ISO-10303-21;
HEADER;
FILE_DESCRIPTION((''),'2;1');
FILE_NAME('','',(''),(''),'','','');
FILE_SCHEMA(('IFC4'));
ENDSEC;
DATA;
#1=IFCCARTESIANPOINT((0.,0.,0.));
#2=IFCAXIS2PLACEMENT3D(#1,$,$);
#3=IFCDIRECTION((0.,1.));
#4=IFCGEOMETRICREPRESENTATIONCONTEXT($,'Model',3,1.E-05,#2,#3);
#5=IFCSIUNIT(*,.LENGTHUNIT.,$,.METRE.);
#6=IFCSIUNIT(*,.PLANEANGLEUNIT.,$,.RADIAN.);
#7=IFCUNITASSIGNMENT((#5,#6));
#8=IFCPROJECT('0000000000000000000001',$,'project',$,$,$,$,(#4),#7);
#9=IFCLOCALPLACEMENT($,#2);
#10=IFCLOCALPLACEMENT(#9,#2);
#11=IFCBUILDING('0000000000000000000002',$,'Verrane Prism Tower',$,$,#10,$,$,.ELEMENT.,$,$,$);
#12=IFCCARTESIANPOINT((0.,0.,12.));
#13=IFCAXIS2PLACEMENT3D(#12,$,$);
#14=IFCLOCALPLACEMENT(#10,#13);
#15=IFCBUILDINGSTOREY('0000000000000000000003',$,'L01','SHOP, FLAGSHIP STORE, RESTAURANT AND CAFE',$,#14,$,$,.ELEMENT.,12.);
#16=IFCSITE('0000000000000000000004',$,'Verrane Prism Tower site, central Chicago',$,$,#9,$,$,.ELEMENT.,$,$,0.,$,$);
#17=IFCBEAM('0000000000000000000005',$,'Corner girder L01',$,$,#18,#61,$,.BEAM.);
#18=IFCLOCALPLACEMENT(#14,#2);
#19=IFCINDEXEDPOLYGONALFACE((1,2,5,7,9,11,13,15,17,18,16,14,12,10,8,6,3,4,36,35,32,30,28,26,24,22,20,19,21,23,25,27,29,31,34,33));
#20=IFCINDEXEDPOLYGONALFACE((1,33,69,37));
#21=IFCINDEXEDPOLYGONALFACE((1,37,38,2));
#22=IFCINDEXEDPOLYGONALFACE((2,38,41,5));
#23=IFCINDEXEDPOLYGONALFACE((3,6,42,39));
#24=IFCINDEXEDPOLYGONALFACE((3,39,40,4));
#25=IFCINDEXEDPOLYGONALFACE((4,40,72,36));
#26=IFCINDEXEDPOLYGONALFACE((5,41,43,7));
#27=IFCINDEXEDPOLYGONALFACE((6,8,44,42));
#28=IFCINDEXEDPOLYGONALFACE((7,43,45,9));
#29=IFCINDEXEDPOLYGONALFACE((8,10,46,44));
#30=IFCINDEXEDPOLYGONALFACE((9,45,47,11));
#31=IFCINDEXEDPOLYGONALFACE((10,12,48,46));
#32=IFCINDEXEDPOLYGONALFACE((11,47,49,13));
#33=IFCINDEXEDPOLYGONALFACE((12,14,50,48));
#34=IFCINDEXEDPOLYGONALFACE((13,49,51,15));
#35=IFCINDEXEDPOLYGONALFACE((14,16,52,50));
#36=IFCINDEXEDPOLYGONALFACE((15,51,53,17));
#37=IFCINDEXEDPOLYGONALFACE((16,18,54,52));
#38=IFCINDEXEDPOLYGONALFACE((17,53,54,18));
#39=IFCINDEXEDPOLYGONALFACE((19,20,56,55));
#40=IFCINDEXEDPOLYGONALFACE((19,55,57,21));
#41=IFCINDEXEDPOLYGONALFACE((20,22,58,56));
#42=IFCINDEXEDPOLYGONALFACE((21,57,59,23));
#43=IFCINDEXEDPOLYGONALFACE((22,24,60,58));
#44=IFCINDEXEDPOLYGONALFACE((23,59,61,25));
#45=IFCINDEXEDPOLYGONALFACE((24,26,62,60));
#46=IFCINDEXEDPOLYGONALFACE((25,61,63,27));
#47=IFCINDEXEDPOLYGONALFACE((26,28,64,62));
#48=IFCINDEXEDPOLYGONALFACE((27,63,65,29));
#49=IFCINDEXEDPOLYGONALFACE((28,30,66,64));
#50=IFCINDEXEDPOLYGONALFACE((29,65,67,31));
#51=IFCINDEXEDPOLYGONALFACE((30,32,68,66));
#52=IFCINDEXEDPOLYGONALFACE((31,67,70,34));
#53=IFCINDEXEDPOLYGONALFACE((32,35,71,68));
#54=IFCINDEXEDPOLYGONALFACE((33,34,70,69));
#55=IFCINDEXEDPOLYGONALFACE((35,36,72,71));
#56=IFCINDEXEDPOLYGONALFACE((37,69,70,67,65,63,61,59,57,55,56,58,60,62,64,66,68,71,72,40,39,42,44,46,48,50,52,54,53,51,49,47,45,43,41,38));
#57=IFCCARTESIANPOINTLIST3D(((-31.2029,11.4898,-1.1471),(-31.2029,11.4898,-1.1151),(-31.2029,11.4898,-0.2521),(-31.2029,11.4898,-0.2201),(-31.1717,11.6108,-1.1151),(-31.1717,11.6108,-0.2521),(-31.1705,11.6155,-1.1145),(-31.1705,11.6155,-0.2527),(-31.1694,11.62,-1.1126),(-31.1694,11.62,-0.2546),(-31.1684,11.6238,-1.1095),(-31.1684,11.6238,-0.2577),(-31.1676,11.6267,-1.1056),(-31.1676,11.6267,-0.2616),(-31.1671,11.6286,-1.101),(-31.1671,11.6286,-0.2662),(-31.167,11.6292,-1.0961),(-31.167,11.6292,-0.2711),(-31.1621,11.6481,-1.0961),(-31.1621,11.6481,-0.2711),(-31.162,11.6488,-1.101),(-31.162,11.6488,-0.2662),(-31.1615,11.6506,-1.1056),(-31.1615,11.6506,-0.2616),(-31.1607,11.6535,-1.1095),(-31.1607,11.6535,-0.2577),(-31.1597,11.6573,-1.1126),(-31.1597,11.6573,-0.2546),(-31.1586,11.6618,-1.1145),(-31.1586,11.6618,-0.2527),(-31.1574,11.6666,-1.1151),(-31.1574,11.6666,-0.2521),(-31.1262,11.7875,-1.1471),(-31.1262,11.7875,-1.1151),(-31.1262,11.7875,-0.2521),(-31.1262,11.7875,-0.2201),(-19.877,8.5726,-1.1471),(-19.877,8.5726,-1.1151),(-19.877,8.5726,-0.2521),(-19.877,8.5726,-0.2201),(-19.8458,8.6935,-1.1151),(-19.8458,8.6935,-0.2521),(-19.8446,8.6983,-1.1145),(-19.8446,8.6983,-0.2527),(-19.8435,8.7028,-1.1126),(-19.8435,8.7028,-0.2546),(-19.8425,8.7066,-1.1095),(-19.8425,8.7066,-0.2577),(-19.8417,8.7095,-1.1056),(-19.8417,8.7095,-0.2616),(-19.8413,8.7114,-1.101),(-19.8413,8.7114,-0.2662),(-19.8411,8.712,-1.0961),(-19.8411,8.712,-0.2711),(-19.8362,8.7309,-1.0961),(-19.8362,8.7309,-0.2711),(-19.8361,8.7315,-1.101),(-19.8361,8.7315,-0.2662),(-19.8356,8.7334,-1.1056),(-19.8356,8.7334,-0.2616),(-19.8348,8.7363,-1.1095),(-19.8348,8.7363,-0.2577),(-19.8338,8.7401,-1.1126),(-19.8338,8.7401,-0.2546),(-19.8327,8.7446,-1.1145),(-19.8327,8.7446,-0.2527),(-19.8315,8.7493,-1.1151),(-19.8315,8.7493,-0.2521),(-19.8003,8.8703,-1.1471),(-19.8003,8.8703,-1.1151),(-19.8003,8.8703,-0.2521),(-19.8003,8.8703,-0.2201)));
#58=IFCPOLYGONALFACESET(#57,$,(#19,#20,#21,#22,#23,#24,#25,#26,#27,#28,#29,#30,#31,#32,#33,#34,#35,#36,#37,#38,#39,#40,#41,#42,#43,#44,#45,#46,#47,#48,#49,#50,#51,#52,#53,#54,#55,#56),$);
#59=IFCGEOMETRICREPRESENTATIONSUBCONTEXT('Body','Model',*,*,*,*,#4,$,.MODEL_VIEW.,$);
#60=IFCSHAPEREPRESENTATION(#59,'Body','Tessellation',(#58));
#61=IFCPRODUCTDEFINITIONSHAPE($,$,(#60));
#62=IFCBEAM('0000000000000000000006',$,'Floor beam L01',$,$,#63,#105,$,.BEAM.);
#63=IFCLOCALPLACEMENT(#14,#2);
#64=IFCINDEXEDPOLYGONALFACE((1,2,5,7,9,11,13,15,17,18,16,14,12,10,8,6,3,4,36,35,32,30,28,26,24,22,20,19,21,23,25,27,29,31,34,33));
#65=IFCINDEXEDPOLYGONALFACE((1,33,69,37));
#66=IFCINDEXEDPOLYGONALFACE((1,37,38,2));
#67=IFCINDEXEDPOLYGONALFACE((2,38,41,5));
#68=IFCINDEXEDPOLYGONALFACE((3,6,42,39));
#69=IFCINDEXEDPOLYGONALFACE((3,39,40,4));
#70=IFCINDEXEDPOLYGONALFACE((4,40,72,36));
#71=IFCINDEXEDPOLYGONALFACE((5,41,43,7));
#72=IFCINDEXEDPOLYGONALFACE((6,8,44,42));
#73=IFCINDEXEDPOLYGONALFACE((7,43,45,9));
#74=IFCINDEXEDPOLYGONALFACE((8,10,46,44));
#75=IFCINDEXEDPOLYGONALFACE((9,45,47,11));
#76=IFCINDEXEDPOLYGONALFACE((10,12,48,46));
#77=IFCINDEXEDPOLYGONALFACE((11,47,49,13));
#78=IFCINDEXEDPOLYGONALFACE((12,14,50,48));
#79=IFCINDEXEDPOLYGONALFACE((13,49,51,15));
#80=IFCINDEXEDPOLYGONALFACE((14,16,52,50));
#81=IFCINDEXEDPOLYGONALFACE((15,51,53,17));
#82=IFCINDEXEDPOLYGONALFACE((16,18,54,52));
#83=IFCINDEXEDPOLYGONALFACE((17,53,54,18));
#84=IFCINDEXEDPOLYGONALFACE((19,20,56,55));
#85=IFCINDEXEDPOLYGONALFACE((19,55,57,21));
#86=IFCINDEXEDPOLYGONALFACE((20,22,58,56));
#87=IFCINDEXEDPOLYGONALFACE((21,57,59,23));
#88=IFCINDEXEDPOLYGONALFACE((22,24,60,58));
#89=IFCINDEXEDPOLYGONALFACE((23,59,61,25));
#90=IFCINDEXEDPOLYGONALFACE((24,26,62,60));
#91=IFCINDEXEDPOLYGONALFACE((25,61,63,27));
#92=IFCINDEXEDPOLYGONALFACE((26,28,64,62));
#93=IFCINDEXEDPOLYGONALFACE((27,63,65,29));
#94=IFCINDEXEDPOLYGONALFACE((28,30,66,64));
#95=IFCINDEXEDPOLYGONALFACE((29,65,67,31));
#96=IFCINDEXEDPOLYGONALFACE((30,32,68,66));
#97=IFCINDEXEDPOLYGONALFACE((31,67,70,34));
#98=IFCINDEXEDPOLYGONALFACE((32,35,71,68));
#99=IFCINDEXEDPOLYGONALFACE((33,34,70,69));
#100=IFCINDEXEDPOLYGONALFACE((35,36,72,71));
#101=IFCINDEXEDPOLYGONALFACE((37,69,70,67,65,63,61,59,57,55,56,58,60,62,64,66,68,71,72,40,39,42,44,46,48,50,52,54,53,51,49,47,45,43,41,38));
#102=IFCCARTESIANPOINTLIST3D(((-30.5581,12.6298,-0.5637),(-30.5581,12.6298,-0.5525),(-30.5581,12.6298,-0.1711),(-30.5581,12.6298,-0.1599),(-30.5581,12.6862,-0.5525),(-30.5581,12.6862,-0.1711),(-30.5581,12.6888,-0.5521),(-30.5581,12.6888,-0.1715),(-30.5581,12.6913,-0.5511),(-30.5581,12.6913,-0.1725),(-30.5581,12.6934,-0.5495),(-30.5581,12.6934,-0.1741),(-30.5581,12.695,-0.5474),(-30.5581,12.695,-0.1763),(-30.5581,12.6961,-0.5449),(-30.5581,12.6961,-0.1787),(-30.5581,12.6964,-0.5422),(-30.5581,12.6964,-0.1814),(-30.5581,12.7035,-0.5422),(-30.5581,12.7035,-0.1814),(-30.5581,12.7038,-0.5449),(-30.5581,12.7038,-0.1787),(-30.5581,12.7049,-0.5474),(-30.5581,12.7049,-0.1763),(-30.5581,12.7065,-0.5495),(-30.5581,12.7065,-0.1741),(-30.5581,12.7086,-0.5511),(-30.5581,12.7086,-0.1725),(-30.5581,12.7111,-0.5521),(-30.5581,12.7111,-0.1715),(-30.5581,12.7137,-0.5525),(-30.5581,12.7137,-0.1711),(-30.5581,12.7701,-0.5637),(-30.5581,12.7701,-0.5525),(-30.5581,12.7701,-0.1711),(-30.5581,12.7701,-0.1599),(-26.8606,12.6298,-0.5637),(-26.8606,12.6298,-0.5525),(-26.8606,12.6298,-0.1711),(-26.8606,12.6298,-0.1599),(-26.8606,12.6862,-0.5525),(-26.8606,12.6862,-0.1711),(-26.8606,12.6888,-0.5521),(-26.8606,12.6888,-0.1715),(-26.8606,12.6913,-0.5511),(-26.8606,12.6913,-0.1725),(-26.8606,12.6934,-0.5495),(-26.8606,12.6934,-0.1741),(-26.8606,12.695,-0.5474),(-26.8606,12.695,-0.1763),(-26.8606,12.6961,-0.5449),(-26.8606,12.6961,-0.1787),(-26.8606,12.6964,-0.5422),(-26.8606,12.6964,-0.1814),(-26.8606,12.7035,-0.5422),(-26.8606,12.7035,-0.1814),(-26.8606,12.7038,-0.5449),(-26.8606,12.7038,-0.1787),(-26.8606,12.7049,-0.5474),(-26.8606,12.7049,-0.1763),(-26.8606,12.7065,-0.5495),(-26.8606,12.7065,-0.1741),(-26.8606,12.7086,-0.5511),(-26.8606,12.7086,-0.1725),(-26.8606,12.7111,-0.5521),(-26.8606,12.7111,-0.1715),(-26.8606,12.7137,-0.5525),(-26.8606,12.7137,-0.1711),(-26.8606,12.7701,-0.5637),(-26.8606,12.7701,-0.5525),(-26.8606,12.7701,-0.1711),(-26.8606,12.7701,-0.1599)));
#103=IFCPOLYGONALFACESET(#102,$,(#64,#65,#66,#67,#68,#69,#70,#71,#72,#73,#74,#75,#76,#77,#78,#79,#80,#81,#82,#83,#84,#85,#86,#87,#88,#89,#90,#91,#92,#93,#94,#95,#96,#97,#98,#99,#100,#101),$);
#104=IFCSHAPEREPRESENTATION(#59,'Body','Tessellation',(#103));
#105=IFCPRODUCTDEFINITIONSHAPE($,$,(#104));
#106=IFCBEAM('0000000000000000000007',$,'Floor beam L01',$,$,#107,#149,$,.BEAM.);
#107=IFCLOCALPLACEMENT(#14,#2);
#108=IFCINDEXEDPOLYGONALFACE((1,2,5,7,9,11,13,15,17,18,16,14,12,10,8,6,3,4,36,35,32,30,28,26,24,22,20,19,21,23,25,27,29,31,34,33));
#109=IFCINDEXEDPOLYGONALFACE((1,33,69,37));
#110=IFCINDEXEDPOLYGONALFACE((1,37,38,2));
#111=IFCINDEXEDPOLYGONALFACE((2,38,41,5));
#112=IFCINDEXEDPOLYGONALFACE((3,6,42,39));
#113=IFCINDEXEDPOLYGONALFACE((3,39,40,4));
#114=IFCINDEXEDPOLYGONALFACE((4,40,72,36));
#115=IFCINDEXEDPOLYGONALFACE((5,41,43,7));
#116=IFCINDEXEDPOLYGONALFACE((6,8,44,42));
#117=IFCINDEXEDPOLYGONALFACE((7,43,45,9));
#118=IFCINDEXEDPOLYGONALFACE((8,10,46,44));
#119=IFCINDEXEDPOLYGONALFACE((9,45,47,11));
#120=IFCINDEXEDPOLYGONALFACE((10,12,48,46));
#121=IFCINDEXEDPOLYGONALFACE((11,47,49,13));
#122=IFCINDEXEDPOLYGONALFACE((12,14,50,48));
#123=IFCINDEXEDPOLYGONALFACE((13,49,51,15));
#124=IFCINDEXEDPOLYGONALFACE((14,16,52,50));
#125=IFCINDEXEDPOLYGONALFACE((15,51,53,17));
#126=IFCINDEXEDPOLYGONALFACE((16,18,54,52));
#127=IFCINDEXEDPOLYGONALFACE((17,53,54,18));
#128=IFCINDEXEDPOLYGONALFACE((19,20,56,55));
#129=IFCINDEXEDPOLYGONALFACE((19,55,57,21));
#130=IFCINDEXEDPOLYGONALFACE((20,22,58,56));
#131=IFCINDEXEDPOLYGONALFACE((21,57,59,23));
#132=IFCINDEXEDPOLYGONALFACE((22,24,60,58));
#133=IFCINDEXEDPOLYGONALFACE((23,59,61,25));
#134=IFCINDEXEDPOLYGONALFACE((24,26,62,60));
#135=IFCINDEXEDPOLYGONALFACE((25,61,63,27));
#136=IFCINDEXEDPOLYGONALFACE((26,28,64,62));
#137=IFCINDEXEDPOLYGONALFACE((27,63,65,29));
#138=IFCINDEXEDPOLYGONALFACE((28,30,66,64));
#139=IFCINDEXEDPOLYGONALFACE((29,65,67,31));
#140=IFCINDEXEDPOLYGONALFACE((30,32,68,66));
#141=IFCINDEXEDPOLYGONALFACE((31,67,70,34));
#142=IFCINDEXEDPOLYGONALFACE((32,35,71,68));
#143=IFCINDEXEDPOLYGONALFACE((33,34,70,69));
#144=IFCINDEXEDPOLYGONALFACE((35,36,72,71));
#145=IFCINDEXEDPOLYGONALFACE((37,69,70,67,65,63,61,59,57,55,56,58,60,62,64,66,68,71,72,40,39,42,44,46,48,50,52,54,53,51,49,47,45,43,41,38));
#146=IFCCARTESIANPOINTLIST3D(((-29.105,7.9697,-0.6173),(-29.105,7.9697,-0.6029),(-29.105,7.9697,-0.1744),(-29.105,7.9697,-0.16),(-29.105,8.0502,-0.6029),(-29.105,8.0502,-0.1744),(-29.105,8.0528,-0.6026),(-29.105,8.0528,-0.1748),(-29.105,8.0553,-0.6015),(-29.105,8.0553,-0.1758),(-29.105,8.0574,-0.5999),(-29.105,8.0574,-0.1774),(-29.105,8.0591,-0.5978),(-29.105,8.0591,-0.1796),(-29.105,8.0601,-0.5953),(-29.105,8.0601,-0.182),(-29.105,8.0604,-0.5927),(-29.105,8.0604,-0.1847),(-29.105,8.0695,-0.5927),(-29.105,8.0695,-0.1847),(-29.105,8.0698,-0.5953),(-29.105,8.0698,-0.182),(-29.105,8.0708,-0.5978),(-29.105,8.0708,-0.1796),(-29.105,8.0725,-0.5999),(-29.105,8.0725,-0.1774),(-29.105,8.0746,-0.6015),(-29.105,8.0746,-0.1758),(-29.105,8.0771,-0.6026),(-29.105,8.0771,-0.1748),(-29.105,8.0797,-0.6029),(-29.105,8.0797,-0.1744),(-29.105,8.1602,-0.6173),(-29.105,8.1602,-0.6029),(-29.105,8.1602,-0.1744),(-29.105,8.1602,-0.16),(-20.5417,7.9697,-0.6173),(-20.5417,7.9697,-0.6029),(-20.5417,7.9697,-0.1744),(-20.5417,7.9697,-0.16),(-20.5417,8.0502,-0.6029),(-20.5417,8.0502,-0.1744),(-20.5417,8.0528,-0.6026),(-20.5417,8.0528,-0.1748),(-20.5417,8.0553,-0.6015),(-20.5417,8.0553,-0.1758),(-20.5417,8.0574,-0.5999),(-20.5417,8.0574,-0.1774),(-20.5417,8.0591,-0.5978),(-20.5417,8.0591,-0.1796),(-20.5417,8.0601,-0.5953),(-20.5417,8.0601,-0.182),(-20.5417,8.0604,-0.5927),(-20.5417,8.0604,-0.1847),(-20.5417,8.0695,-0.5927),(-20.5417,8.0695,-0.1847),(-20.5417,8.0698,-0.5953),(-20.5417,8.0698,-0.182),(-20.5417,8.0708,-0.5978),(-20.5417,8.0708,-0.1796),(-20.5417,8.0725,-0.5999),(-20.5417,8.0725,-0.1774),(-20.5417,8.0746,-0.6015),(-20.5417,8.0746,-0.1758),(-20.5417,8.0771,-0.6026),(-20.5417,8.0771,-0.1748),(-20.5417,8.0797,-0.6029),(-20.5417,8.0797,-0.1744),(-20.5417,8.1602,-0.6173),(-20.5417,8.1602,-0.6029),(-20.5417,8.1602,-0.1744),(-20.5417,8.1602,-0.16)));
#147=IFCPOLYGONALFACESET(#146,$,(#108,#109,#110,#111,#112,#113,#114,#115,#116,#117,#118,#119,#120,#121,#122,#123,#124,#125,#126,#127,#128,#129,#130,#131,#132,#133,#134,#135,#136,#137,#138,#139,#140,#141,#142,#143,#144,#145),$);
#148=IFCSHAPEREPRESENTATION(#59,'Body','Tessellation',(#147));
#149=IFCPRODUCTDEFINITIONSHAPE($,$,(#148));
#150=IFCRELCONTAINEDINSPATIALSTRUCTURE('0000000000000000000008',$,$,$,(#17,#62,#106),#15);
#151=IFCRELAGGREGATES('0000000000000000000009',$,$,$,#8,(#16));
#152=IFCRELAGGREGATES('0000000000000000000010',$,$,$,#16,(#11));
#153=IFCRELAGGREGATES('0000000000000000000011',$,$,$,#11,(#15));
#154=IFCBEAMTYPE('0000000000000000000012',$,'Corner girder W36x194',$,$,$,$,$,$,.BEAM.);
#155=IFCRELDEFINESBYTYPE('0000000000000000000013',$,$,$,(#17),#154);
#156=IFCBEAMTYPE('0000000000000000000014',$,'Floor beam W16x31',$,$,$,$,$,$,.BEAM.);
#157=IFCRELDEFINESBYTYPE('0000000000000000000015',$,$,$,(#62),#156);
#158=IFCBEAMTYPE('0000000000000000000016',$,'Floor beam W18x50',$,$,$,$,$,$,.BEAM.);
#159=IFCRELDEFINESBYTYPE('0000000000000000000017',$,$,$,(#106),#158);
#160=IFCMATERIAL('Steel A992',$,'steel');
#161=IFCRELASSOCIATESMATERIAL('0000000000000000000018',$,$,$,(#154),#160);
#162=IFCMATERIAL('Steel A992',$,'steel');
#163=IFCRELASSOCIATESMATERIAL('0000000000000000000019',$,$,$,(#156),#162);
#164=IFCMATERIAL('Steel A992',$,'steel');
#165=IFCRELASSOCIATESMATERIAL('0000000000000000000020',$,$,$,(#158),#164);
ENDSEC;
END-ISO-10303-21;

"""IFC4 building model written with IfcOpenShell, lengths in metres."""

from ifc_helpers import new_model, si_unit, direction, frame, origin, origin_2d, place, context, subcontext, project, spatial, i_section, extrude, material, material_profile, profile_set, type_object, element, save


model = new_model("IFC4")

# Units and contexts
model_context = context("Model", 3, precision=1e-05, world=origin(), true_north=direction((0.0, 1.0)))
body_context = subcontext(model_context, "Body", "Model", "MODEL_VIEW")
ifc_project = project(units=[si_unit("LENGTHUNIT", "METRE"), si_unit("PLANEANGLEUNIT", "RADIAN")], contexts=[model_context])

# Site, building, storey
site_placement = place(None, origin())
site = spatial("IfcSite", under=ifc_project, at=site_placement, Name="Verrane Prism Tower site, central Chicago", CompositionType="ELEMENT", RefElevation=0.0)
building_placement = place(site_placement, origin())
building = spatial("IfcBuilding", under=site, at=building_placement, Name="Verrane Prism Tower", CompositionType="ELEMENT")
storey_placement = place(building_placement, frame((0.0, 0.0, 12.0)))
storey = spatial("IfcBuildingStorey", under=building, at=storey_placement, Name="L01", Description="SHOP, FLAGSHIP STORE, RESTAURANT AND CAFE", CompositionType="ELEMENT", Elevation=12.0)

# Beams
ifc_material_1 = material(Name="Steel A992", Category="steel")
ifc_material_profile_1 = material_profile(ifc_material_1, i_section(OverallWidth=0.3074, OverallDepth=0.927, WebThickness=0.0195, FlangeThickness=0.032, FilletRadius=0.019, at=origin_2d()), Name="W36x194")
ifc_profile_set_1 = profile_set([ifc_material_profile_1], Name="Steel A992")
beam_type_1 = type_object("IfcBeamType", Name="Corner girder W36x194", PredefinedType="BEAM", material=ifc_profile_set_1)
beam_1_placement = place(storey_placement, frame((-31.1646, 11.6387, -0.6836), z_axis=(0.968393, -0.24943, 0.0), x_axis=(0.24943, 0.968393, 0.0)))
element("IfcBeam", 1, at=beam_1_placement, inside=storey, type_object=beam_type_1, Name="Corner girder L01", PredefinedType="BEAM", context=body_context, shape_type="SweptSolid", body=[
    extrude(i_section(OverallWidth=0.3074, OverallDepth=0.927, WebThickness=0.0195, FlangeThickness=0.032, FilletRadius=0.019, at=origin_2d()), origin(), (0.0, 0.0, 1.0), 11.6956),
])
ifc_material_2 = material(Name="Steel A992", Category="steel")
ifc_material_profile_2 = material_profile(ifc_material_2, i_section(OverallWidth=0.1404, OverallDepth=0.4038, WebThickness=0.0071, FlangeThickness=0.0112, FilletRadius=0.0103, at=origin_2d()), Name="W16x31")
ifc_profile_set_2 = profile_set([ifc_material_profile_2], Name="Steel A992")
beam_type_2 = type_object("IfcBeamType", Name="Floor beam W16x31", PredefinedType="BEAM", material=ifc_profile_set_2)
beam_2_placement = place(storey_placement, frame((-30.5581, 12.7, -0.3618), z_axis=(1.0, 0.0, 0.0), x_axis=(0.0, 1.0, 0.0)))
element("IfcBeam", 2, at=beam_2_placement, inside=storey, type_object=beam_type_2, Name="Floor beam L01", PredefinedType="BEAM", context=body_context, shape_type="SweptSolid", body=[
    extrude(i_section(OverallWidth=0.1404, OverallDepth=0.4038, WebThickness=0.0071, FlangeThickness=0.0112, FilletRadius=0.0103, at=origin_2d()), origin(), (0.0, 0.0, 1.0), 3.6975),
])
ifc_material_3 = material(Name="Steel A992", Category="steel")
ifc_material_profile_3 = material_profile(ifc_material_3, i_section(OverallWidth=0.1904, OverallDepth=0.4573, WebThickness=0.009, FlangeThickness=0.0144, FilletRadius=0.0103, at=origin_2d()), Name="W18x50")
ifc_profile_set_3 = profile_set([ifc_material_profile_3], Name="Steel A992")
beam_type_3 = type_object("IfcBeamType", Name="Floor beam W18x50", PredefinedType="BEAM", material=ifc_profile_set_3)
beam_3_placement = place(storey_placement, frame((-29.105, 8.0649, -0.3887), z_axis=(1.0, 0.0, 0.0), x_axis=(0.0, 1.0, 0.0)))
element("IfcBeam", 3, at=beam_3_placement, inside=storey, type_object=beam_type_3, Name="Floor beam L01", PredefinedType="BEAM", context=body_context, shape_type="SweptSolid", body=[
    extrude(i_section(OverallWidth=0.1904, OverallDepth=0.4573, WebThickness=0.009, FlangeThickness=0.0144, FilletRadius=0.0103, at=origin_2d()), origin(), (0.0, 0.0, 1.0), 8.5632),
])

save(model, "model.ifc")
